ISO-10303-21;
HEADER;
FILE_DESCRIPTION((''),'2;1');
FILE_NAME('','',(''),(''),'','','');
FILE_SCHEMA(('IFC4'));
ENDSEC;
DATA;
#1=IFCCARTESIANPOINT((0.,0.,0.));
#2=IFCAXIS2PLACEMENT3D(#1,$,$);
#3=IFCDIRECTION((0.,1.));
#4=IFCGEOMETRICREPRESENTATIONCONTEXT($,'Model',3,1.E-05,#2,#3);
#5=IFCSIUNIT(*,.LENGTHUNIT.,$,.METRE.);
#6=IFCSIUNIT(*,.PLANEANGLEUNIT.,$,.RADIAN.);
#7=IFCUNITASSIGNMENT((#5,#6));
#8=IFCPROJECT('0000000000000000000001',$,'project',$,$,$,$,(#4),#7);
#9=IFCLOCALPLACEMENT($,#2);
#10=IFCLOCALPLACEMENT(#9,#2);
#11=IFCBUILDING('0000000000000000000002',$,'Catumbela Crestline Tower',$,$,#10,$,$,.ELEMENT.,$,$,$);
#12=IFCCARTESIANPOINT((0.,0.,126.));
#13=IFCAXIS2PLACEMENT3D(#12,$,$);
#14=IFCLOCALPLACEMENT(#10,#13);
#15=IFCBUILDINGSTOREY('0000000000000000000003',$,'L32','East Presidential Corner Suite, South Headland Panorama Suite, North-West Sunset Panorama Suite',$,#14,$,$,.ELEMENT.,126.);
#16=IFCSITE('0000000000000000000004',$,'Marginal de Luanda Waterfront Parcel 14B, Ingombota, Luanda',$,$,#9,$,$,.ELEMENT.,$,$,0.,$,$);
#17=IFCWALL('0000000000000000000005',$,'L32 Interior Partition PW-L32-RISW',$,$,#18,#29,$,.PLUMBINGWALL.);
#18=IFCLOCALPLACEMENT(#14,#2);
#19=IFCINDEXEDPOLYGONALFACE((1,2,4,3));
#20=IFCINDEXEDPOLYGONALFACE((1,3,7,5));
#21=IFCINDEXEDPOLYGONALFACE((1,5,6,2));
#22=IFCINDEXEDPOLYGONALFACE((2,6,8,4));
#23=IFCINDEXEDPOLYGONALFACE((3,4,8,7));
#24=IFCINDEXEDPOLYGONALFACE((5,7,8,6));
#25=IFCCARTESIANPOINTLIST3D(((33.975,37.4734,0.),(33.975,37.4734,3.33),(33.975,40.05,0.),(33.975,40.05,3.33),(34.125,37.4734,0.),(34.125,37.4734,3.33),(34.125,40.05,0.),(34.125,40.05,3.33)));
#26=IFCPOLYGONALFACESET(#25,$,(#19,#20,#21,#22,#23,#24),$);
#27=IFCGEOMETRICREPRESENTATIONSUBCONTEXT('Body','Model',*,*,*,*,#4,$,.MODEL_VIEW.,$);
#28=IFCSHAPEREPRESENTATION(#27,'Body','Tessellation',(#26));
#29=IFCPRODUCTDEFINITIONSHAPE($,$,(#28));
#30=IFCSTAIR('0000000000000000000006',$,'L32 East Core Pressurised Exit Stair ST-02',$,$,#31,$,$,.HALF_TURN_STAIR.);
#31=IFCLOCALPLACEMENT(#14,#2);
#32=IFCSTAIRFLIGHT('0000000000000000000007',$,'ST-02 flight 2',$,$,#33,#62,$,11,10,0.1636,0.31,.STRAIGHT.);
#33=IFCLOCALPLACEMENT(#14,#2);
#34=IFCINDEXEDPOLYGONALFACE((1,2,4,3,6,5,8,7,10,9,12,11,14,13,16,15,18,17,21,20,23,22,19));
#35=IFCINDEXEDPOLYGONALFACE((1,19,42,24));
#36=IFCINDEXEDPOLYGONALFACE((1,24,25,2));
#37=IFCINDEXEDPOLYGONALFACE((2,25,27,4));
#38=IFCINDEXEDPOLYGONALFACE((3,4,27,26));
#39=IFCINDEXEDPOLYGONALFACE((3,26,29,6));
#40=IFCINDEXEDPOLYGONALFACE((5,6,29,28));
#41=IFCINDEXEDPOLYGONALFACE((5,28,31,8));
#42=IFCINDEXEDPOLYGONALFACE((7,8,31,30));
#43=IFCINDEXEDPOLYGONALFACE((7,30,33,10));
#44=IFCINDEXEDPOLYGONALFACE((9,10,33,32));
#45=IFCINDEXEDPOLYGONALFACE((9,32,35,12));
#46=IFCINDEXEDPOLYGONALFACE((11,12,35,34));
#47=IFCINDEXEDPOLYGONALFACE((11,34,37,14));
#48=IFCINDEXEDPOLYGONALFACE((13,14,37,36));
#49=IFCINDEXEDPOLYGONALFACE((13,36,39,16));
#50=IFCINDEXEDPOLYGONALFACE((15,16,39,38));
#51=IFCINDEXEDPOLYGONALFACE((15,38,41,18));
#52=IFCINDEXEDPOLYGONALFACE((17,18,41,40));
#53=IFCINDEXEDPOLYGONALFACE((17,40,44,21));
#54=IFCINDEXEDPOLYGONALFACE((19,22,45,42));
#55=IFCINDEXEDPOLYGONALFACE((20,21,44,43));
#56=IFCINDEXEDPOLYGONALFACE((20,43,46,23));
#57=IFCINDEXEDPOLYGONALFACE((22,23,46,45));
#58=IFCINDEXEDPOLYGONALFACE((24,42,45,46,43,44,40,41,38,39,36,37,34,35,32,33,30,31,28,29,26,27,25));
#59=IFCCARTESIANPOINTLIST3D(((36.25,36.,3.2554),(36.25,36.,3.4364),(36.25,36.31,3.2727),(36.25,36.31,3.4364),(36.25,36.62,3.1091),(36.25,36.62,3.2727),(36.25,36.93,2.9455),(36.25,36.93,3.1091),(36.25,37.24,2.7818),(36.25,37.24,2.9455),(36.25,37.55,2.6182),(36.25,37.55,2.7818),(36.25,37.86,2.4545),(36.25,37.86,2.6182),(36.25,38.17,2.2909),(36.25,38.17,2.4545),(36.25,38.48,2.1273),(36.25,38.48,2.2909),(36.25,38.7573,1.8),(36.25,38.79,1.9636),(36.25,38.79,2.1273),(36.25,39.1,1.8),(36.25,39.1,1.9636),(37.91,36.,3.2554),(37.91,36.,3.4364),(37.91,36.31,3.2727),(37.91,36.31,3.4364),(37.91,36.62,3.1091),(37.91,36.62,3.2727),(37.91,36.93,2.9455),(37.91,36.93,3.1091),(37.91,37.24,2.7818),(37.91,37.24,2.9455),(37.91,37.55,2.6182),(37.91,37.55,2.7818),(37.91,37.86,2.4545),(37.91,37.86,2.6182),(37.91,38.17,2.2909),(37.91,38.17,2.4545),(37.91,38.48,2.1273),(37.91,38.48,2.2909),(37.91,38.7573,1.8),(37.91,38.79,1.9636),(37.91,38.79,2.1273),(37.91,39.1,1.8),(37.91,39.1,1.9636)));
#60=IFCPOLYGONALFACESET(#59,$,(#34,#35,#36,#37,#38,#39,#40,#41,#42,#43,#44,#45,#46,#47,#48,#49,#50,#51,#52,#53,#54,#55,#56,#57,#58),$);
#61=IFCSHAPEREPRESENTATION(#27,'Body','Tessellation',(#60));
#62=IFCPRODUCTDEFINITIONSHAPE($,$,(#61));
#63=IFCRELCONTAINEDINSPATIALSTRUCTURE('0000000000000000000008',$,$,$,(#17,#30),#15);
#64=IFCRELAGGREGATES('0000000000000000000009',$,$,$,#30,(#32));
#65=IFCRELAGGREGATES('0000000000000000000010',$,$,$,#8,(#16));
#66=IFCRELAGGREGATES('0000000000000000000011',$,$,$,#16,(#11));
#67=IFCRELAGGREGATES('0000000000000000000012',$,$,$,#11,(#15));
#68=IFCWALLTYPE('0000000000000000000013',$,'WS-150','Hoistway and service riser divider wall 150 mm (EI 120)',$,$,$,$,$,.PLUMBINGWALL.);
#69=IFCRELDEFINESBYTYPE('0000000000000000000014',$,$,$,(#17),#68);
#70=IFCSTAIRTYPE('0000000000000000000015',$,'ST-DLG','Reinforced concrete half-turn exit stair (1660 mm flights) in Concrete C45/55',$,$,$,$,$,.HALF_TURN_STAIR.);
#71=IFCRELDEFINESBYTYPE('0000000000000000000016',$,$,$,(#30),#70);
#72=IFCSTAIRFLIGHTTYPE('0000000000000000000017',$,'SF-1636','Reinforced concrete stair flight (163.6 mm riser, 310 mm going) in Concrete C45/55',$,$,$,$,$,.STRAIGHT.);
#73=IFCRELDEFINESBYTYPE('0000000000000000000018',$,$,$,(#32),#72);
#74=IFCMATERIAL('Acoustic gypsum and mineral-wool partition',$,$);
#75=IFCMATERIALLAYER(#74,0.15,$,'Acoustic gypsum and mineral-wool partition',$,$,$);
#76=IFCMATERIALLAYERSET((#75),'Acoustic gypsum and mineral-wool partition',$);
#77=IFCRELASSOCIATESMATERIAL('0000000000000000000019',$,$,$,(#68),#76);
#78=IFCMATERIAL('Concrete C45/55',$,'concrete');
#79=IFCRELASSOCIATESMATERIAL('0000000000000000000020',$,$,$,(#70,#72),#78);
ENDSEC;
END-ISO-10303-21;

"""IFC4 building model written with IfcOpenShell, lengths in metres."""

from ifc_helpers import new_model, si_unit, direction, frame, frame_2d, origin, place, context, subcontext, project, spatial, polyline, rectangle, outline, extrude, material, layer, layer_set, type_object, element, aggregate, save


model = new_model("IFC4")

# Units and contexts
model_context = context("Model", 3, precision=1e-05, world=origin(), true_north=direction((0.0, 1.0)))
body_context = subcontext(model_context, "Body", "Model", "MODEL_VIEW")
ifc_project = project(units=[si_unit("LENGTHUNIT", "METRE"), si_unit("PLANEANGLEUNIT", "RADIAN")], contexts=[model_context])

# Site, building, storey
site_placement = place(None, origin())
site = spatial("IfcSite", under=ifc_project, at=site_placement, Name="Marginal de Luanda Waterfront Parcel 14B, Ingombota, Luanda", CompositionType="ELEMENT", RefElevation=0.0)
building_placement = place(site_placement, origin())
building = spatial("IfcBuilding", under=site, at=building_placement, Name="Catumbela Crestline Tower", CompositionType="ELEMENT")
storey_placement = place(building_placement, frame((0.0, 0.0, 126.0)))
storey = spatial("IfcBuildingStorey", under=building, at=storey_placement, Name="L32", Description="East Presidential Corner Suite, South Headland Panorama Suite, North-West Sunset Panorama Suite", CompositionType="ELEMENT", Elevation=126.0)

# Shared definitions
ifc_material_1 = material(Name="Acoustic gypsum and mineral-wool partition")

# Wall
ifc_layer_1 = layer(ifc_material_1, 0.15, Name="Acoustic gypsum and mineral-wool partition")
ifc_layer_set_1 = layer_set([ifc_layer_1], Name="Acoustic gypsum and mineral-wool partition")
wall_type_1 = type_object("IfcWallType", Name="WS-150", Description="Hoistway and service riser divider wall 150 mm (EI 120)", PredefinedType="PLUMBINGWALL", material=ifc_layer_set_1)
wall_1_placement = place(storey_placement, frame((34.05, 37.4734, 0.0), z_axis=(0.0, 0.0, 1.0), x_axis=(0.0, 1.0, 0.0)))
element("IfcWall", 1, at=wall_1_placement, inside=storey, type_object=wall_type_1, Name="L32 Interior Partition PW-L32-RISW", PredefinedType="PLUMBINGWALL", context=body_context, shape_type="SweptSolid", body=[
    extrude(rectangle(XDim=2.5766, YDim=0.15, at=frame_2d((1.2883, 0.0))), origin(), (0.0, 0.0, 1.0), 3.33),
])

# Stair, stair flight
ifc_material_2 = material(Name="Concrete C45/55", Category="concrete")
stair_type = type_object("IfcStairType", Name="ST-DLG", Description="Reinforced concrete half-turn exit stair (1660 mm flights) in Concrete C45/55", PredefinedType="HALF_TURN_STAIR", material=ifc_material_2)
stair_placement = place(storey_placement, origin())
stair = element("IfcStair", 2, at=stair_placement, inside=storey, type_object=stair_type, Name="L32 East Core Pressurised Exit Stair ST-02", PredefinedType="HALF_TURN_STAIR")
stair_flight_type = type_object("IfcStairFlightType", Name="SF-1636", Description="Reinforced concrete stair flight (163.6 mm riser, 310 mm going) in Concrete C45/55", PredefinedType="STRAIGHT", material=ifc_material_2)
stair_flight_placement = place(storey_placement, frame((37.08, 39.1, 1.8), z_axis=(0.0, 0.0, 1.0), x_axis=(0.0, -1.0, 0.0)))
stair_flight = element("IfcStairFlight", 3, at=stair_flight_placement, type_object=stair_flight_type, Name="ST-02 flight 2", NumberOfRisers=11, NumberOfTreads=10, PredefinedType="STRAIGHT", RiserHeight=0.1636, TreadLength=0.31, context=body_context, shape_type="SweptSolid", body=[
    extrude(outline(polyline([(0.0, 0.0), (0.0, 0.1636), (0.31, 0.1636), (0.31, 0.3273), (0.62, 0.3273), (0.62, 0.4909), (0.93, 0.4909), (0.93, 0.6545), (1.24, 0.6545), (1.24, 0.8182), (1.55, 0.8182), (1.55, 0.9818), (1.86, 0.9818), (1.86, 1.1455), (2.17, 1.1455), (2.17, 1.3091), (2.48, 1.3091), (2.48, 1.4727), (2.79, 1.4727), (2.79, 1.6364), (3.1, 1.6364), (3.1, 1.8), (3.1, 1.4554), (0.3427, 0.0), (0.0, 0.0)])), frame((0.0, 0.83, 0.0), z_axis=(0.0, -1.0, 0.0), x_axis=(1.0, 0.0, 0.0)), (0.0, 0.0, 1.0), 1.66),
])
aggregate(stair, [stair_flight])

save(model, "model.ifc")
